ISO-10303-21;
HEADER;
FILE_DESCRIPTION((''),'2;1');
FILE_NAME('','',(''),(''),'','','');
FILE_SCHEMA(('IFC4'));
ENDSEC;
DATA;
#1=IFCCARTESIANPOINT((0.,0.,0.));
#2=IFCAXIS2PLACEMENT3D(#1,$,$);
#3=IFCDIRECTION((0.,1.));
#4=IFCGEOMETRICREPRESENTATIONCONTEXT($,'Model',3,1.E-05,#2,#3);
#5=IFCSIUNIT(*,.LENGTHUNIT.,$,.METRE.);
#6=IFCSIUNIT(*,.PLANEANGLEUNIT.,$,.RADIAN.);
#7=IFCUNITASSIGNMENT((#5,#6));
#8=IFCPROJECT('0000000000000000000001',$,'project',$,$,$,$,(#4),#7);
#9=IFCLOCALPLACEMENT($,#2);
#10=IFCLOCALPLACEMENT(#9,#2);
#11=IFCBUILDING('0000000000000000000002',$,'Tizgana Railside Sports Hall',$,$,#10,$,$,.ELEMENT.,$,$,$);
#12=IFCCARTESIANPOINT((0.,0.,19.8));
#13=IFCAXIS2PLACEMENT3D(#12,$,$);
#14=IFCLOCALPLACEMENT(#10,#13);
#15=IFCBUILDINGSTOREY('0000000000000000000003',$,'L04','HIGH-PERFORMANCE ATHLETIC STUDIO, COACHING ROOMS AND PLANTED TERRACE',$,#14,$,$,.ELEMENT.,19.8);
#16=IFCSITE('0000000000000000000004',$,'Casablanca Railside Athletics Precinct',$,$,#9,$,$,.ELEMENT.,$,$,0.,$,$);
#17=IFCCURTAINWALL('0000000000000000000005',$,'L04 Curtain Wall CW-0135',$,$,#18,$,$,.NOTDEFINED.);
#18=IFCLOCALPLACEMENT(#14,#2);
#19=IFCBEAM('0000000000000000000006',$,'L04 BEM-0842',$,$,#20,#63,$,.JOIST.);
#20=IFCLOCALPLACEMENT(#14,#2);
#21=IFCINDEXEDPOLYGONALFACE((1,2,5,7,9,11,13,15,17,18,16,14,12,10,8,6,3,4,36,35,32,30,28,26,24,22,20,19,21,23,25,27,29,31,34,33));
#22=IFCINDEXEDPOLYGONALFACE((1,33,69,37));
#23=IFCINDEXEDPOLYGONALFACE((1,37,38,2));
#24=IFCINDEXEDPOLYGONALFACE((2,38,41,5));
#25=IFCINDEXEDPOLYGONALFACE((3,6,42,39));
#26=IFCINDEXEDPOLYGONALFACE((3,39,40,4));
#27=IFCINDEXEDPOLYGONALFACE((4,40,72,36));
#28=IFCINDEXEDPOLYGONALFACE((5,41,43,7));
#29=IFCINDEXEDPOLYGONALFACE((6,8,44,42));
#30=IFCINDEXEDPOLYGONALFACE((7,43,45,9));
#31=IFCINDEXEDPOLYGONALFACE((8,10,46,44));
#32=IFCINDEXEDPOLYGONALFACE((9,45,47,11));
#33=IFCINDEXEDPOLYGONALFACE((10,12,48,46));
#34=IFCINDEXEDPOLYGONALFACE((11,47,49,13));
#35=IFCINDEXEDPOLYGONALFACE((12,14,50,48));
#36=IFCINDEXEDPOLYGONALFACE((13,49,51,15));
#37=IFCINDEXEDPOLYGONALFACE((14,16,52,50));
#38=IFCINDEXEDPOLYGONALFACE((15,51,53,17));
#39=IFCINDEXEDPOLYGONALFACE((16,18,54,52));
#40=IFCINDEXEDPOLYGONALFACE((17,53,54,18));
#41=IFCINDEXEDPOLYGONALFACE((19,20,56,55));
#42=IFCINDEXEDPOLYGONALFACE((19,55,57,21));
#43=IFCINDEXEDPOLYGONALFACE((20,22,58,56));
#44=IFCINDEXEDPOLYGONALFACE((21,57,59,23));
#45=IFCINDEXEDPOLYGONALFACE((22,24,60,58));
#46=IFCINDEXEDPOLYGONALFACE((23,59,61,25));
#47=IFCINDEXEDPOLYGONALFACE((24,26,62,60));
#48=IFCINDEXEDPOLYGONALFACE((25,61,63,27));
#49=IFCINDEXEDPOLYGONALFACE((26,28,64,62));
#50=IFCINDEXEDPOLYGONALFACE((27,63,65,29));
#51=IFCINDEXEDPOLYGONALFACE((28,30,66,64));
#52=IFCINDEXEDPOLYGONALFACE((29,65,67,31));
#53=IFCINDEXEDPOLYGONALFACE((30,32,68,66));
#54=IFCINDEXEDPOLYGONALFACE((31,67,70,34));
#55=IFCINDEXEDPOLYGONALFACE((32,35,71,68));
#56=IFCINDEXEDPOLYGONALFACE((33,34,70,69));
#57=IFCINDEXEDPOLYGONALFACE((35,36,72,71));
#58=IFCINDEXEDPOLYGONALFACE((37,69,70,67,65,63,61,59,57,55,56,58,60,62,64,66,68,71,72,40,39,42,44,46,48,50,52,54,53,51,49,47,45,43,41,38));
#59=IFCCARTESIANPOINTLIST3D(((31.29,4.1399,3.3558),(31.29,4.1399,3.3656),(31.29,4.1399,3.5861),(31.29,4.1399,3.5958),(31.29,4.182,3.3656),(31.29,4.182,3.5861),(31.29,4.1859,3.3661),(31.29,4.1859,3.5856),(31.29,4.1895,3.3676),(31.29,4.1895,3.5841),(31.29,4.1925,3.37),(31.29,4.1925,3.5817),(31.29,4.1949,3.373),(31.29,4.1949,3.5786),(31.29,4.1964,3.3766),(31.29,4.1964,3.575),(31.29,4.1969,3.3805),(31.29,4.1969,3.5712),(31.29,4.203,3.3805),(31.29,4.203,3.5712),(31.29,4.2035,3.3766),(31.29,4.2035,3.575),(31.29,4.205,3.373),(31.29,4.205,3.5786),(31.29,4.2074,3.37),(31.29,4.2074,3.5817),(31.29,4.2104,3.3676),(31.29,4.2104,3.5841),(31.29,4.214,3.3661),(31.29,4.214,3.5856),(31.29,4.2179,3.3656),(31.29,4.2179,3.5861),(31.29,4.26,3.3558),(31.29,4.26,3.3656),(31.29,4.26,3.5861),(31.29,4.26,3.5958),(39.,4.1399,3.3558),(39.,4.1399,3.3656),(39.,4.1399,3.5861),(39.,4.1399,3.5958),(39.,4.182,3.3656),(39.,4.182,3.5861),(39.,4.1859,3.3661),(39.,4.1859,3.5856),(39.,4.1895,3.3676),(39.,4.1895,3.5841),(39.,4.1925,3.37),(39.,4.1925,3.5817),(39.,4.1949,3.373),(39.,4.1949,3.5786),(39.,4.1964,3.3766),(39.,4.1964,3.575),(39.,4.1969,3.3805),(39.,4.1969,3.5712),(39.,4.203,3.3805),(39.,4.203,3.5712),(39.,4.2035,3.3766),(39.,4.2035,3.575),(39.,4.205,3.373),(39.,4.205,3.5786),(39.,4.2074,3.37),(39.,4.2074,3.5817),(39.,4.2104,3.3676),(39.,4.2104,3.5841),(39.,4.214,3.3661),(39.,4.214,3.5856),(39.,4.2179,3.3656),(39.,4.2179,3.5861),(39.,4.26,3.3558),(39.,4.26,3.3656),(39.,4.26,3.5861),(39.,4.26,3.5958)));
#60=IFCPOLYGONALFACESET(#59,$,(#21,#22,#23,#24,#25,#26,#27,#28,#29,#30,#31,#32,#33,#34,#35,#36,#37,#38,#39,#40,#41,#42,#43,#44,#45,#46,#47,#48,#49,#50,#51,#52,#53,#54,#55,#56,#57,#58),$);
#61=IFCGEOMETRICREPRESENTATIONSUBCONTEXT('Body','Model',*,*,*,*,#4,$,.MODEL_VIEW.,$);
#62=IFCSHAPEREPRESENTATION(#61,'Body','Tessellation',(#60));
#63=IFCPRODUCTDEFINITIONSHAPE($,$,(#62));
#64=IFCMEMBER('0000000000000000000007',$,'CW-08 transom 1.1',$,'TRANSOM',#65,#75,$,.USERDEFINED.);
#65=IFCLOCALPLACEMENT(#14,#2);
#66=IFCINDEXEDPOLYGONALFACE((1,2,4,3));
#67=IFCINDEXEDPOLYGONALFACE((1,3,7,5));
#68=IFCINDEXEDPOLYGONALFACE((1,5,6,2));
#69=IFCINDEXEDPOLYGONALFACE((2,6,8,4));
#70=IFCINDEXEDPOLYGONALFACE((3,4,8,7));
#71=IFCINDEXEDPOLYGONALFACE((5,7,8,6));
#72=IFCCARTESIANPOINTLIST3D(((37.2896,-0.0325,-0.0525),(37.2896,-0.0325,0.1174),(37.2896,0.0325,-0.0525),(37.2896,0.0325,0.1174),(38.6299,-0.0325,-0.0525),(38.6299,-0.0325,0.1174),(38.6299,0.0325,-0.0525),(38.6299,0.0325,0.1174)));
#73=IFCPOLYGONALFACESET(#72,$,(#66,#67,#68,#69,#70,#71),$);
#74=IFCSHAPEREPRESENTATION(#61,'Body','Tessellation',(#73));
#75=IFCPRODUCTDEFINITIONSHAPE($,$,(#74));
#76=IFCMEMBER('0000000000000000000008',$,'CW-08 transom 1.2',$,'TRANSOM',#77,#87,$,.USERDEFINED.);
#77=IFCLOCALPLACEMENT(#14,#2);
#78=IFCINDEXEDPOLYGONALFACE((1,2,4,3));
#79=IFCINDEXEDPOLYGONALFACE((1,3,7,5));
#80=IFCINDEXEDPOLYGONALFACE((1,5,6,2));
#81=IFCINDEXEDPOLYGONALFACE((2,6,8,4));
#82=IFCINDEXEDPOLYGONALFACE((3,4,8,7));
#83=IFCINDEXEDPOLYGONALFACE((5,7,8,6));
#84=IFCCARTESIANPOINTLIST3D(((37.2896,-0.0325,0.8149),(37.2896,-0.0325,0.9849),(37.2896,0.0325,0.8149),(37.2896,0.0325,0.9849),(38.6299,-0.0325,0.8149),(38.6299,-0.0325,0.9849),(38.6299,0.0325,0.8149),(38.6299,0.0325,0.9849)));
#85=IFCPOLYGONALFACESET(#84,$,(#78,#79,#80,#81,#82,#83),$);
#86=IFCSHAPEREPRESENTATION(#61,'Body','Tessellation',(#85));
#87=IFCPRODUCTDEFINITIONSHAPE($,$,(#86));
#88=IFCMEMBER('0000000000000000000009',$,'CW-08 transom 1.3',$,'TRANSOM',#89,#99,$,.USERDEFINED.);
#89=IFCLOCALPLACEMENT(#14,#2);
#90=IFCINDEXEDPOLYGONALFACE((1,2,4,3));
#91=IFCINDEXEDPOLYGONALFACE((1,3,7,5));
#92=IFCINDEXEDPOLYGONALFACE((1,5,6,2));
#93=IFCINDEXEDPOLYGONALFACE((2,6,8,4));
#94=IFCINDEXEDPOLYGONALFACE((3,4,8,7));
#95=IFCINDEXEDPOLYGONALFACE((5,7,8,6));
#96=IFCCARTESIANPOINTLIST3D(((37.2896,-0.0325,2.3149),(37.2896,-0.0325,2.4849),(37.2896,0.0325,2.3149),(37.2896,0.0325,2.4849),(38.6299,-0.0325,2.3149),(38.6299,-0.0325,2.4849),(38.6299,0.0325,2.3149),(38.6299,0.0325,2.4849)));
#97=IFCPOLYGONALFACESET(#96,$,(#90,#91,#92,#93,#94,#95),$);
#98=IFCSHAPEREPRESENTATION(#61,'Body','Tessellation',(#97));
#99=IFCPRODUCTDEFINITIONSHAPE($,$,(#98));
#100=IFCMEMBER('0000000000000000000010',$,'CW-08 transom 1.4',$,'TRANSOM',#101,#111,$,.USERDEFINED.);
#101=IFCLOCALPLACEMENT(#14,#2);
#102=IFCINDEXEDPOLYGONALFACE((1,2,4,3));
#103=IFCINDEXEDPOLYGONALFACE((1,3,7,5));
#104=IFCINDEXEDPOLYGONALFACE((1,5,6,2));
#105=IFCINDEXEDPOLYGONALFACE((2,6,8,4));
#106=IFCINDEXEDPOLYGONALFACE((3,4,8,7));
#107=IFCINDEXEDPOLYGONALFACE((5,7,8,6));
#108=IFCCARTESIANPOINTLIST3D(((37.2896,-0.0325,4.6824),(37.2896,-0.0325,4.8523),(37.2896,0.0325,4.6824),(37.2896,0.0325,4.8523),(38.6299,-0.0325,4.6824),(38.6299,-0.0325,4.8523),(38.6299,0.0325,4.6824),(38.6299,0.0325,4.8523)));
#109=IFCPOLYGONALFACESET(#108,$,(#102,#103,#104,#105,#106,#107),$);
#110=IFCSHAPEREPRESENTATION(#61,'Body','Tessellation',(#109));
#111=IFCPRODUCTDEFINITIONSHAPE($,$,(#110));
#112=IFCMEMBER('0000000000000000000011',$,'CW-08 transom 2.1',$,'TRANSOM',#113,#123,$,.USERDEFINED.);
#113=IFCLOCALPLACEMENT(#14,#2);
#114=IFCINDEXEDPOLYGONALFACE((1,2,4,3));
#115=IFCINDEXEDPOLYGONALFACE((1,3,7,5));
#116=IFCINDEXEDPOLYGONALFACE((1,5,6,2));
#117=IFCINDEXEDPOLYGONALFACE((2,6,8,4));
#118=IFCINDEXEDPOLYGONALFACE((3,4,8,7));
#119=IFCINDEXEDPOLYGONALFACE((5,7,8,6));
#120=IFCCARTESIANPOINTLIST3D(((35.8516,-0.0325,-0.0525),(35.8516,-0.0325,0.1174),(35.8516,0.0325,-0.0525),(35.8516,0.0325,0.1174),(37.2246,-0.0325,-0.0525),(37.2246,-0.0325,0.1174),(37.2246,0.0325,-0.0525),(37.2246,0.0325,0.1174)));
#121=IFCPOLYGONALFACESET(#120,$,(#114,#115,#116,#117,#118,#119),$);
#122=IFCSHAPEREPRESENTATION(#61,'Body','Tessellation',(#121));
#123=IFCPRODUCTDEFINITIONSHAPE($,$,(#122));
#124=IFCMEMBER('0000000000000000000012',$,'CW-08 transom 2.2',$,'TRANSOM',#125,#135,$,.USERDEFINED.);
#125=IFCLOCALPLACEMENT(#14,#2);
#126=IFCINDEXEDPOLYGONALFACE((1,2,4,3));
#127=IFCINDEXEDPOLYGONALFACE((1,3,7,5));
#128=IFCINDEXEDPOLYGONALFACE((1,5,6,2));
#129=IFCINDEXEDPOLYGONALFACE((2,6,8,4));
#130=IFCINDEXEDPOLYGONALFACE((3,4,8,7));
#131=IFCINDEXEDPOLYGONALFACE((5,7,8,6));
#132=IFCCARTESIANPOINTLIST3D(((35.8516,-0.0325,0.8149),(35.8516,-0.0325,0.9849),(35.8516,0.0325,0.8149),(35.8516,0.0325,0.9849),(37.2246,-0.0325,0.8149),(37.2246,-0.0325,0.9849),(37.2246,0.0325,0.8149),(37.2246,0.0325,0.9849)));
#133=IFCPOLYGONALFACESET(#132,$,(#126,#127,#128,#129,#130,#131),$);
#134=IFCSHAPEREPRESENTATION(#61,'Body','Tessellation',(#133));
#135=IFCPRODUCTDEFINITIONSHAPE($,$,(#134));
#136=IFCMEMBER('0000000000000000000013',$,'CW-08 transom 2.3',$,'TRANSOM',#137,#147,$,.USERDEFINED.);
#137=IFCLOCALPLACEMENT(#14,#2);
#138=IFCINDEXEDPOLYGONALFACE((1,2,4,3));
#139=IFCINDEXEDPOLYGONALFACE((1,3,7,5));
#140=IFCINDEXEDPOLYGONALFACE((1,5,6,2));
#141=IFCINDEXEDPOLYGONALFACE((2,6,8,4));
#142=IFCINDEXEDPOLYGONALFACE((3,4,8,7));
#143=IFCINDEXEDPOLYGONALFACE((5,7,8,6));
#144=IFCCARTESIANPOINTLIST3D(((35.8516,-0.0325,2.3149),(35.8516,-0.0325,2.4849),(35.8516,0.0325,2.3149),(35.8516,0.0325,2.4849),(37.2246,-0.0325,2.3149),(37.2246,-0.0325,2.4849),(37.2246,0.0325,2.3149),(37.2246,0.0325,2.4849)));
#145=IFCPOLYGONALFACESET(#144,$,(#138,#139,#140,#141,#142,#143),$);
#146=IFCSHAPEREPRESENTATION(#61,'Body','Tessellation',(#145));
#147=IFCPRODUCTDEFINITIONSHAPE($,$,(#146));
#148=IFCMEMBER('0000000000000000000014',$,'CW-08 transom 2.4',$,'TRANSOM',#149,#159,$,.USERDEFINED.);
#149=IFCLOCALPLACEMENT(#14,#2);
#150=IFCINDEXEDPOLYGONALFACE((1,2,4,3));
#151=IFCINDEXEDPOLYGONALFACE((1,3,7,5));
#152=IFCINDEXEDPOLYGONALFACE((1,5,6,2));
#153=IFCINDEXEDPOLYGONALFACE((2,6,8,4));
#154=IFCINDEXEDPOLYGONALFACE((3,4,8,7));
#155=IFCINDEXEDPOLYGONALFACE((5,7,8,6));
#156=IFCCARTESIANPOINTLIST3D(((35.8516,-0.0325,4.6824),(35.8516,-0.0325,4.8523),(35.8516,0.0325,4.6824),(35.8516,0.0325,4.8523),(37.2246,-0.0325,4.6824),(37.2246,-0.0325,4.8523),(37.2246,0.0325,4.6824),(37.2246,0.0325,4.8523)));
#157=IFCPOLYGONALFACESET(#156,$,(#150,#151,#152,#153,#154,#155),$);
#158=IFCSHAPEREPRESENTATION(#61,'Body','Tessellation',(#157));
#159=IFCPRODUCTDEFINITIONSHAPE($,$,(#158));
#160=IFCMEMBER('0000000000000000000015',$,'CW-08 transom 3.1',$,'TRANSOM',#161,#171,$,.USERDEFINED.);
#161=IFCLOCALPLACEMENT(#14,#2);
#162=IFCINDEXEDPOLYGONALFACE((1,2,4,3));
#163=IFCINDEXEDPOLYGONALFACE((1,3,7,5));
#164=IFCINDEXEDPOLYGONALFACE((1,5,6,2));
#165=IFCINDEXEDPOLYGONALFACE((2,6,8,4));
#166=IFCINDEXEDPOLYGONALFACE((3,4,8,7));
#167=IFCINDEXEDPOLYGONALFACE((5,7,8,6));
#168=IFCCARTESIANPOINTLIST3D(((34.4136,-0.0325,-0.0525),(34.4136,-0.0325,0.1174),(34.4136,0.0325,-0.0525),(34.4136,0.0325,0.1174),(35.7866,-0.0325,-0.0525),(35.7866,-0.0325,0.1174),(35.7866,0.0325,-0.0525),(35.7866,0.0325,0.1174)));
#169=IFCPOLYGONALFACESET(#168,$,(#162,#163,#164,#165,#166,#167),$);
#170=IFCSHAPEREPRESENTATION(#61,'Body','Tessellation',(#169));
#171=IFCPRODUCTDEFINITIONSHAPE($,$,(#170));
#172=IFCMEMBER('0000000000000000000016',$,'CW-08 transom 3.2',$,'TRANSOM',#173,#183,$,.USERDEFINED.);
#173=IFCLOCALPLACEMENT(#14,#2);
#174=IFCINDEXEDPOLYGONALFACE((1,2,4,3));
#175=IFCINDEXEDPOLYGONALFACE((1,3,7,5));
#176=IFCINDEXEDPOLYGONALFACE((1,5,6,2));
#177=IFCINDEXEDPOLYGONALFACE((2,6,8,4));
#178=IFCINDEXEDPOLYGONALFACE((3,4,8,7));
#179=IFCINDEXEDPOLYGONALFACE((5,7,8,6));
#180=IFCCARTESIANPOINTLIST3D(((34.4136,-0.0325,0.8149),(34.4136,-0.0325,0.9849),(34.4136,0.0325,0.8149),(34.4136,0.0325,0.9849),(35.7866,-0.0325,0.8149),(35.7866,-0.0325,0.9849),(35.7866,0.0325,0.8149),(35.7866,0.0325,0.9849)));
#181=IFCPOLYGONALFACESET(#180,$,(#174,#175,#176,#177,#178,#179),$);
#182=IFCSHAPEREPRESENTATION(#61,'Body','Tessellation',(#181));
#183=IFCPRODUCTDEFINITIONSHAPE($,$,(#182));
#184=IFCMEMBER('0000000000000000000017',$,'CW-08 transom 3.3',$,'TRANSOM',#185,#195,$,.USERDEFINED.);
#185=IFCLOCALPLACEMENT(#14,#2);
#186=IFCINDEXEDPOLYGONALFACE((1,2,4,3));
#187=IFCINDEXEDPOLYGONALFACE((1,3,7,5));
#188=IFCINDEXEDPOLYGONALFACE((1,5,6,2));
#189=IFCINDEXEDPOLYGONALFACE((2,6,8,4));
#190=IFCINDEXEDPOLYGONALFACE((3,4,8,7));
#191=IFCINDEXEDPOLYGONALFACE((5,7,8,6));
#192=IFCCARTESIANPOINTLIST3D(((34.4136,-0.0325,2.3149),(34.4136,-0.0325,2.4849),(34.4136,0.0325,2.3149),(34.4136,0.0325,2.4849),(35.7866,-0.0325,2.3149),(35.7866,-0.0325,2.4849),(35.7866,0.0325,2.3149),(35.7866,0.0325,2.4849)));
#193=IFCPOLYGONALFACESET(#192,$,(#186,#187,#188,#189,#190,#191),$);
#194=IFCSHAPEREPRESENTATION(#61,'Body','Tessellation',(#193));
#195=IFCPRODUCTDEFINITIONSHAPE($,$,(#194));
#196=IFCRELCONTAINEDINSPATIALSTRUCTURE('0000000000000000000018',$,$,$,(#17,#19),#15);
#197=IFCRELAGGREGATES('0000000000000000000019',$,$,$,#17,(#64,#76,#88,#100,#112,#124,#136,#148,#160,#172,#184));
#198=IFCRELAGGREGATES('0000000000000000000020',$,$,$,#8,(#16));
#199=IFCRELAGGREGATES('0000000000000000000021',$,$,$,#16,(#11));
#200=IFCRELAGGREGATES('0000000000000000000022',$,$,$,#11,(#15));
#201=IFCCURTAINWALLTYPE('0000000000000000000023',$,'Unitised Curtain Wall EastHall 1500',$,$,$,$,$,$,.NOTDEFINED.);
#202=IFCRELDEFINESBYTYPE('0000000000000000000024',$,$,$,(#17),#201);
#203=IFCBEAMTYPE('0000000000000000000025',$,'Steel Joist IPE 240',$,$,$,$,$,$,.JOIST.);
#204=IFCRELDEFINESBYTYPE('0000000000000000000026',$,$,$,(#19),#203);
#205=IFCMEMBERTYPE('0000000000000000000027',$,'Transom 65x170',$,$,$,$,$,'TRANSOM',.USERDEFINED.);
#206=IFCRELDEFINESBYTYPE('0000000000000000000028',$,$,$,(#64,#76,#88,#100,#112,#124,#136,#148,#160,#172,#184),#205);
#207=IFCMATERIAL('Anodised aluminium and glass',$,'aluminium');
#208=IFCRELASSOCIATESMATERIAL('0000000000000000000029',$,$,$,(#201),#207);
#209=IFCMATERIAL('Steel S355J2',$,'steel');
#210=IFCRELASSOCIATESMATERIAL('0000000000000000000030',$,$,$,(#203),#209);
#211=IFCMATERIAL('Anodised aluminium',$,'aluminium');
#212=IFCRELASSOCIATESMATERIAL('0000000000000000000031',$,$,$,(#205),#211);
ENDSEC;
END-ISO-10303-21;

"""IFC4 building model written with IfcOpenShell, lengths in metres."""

from ifc_helpers import new_model, si_unit, direction, frame, origin, origin_2d, place, context, subcontext, project, spatial, rectangle, i_section, extrude, material, material_profile, profile_set, type_object, element, aggregate, save


model = new_model("IFC4")

# Units and contexts
model_context = context("Model", 3, precision=1e-05, world=origin(), true_north=direction((0.0, 1.0)))
body_context = subcontext(model_context, "Body", "Model", "MODEL_VIEW")
ifc_project = project(units=[si_unit("LENGTHUNIT", "METRE"), si_unit("PLANEANGLEUNIT", "RADIAN")], contexts=[model_context])

# Site, building, storey
site_placement = place(None, origin())
site = spatial("IfcSite", under=ifc_project, at=site_placement, Name="Casablanca Railside Athletics Precinct", CompositionType="ELEMENT", RefElevation=0.0)
building_placement = place(site_placement, origin())
building = spatial("IfcBuilding", under=site, at=building_placement, Name="Tizgana Railside Sports Hall", CompositionType="ELEMENT")
storey_placement = place(building_placement, frame((0.0, 0.0, 19.8)))
storey = spatial("IfcBuildingStorey", under=building, at=storey_placement, Name="L04", Description="HIGH-PERFORMANCE ATHLETIC STUDIO, COACHING ROOMS AND PLANTED TERRACE", CompositionType="ELEMENT", Elevation=19.8)

# Curtain wall
ifc_material_1 = material(Name="Anodised aluminium and glass", Category="aluminium")
curtain_wall_type = type_object("IfcCurtainWallType", Name="Unitised Curtain Wall EastHall 1500", PredefinedType="NOTDEFINED", material=ifc_material_1)
curtain_wall_placement = place(storey_placement, origin())
curtain_wall = element("IfcCurtainWall", 1, at=curtain_wall_placement, inside=storey, type_object=curtain_wall_type, Name="L04 Curtain Wall CW-0135", PredefinedType="NOTDEFINED")
ifc_material_2 = material(Name="Anodised aluminium", Category="aluminium")

# Beam
ifc_material_3 = material(Name="Steel S355J2", Category="steel")
ifc_material_profile_1 = material_profile(ifc_material_3, i_section(OverallWidth=0.1201, OverallDepth=0.24, WebThickness=0.0061, FlangeThickness=0.0098, FilletRadius=0.0149, at=origin_2d()), Name="IPE 240")
ifc_profile_set_1 = profile_set([ifc_material_profile_1], Name="Steel S355J2")
beam_type_1 = type_object("IfcBeamType", Name="Steel Joist IPE 240", PredefinedType="JOIST", material=ifc_profile_set_1)
beam_1_placement = place(storey_placement, frame((31.29, 4.2, 3.4758), z_axis=(1.0, 0.0, 0.0), x_axis=(0.0, 1.0, 0.0)))
element("IfcBeam", 2, at=beam_1_placement, inside=storey, type_object=beam_type_1, Name="L04 BEM-0842", PredefinedType="JOIST", context=body_context, shape_type="SweptSolid", body=[
    extrude(i_section(OverallWidth=0.1201, OverallDepth=0.24, WebThickness=0.0061, FlangeThickness=0.0098, FilletRadius=0.0149, at=origin_2d()), origin(), (0.0, 0.0, 1.0), 7.71),
])

# Members
ifc_material_profile_2 = material_profile(ifc_material_2, rectangle(XDim=0.0649, YDim=0.1699, at=origin_2d()), Name="Transom 65x170")
ifc_profile_set_2 = profile_set([ifc_material_profile_2], Name="Anodised aluminium")
member_type_1 = type_object("IfcMemberType", Name="Transom 65x170", ElementType="TRANSOM", PredefinedType="USERDEFINED", material=ifc_profile_set_2)
member_1_placement = place(storey_placement, frame((38.6299, 0.0, 0.0325), z_axis=(-1.0, 0.0, 0.0), x_axis=(0.0, -1.0, 0.0)))
member_1 = element("IfcMember", 3, at=member_1_placement, type_object=member_type_1, Name="CW-08 transom 1.1", ObjectType="TRANSOM", PredefinedType="USERDEFINED", context=body_context, shape_type="SweptSolid", body=[
    extrude(rectangle(XDim=0.0649, YDim=0.1699, at=origin_2d()), origin(), (0.0, 0.0, 1.0), 1.3403),
])
member_2_placement = place(storey_placement, frame((38.6299, 0.0, 0.8999), z_axis=(-1.0, 0.0, 0.0), x_axis=(0.0, -1.0, 0.0)))
member_2 = element("IfcMember", 4, at=member_2_placement, type_object=member_type_1, Name="CW-08 transom 1.2", ObjectType="TRANSOM", PredefinedType="USERDEFINED", context=body_context, shape_type="SweptSolid", body=[
    extrude(rectangle(XDim=0.0649, YDim=0.1699, at=origin_2d()), origin(), (0.0, 0.0, 1.0), 1.3403),
])
member_3_placement = place(storey_placement, frame((38.6299, 0.0, 2.3999), z_axis=(-1.0, 0.0, 0.0), x_axis=(0.0, -1.0, 0.0)))
member_3 = element("IfcMember", 5, at=member_3_placement, type_object=member_type_1, Name="CW-08 transom 1.3", ObjectType="TRANSOM", PredefinedType="USERDEFINED", context=body_context, shape_type="SweptSolid", body=[
    extrude(rectangle(XDim=0.0649, YDim=0.1699, at=origin_2d()), origin(), (0.0, 0.0, 1.0), 1.3403),
])
member_4_placement = place(storey_placement, frame((38.6299, 0.0, 4.7673), z_axis=(-1.0, 0.0, 0.0), x_axis=(0.0, -1.0, 0.0)))
member_4 = element("IfcMember", 6, at=member_4_placement, type_object=member_type_1, Name="CW-08 transom 1.4", ObjectType="TRANSOM", PredefinedType="USERDEFINED", context=body_context, shape_type="SweptSolid", body=[
    extrude(rectangle(XDim=0.0649, YDim=0.1699, at=origin_2d()), origin(), (0.0, 0.0, 1.0), 1.3403),
])
member_5_placement = place(storey_placement, frame((37.2246, 0.0, 0.0325), z_axis=(-1.0, 0.0, 0.0), x_axis=(0.0, -1.0, 0.0)))
member_5 = element("IfcMember", 7, at=member_5_placement, type_object=member_type_1, Name="CW-08 transom 2.1", ObjectType="TRANSOM", PredefinedType="USERDEFINED", context=body_context, shape_type="SweptSolid", body=[
    extrude(rectangle(XDim=0.0649, YDim=0.1699, at=origin_2d()), origin(), (0.0, 0.0, 1.0), 1.373),
])
member_6_placement = place(storey_placement, frame((37.2246, 0.0, 0.8999), z_axis=(-1.0, 0.0, 0.0), x_axis=(0.0, -1.0, 0.0)))
member_6 = element("IfcMember", 8, at=member_6_placement, type_object=member_type_1, Name="CW-08 transom 2.2", ObjectType="TRANSOM", PredefinedType="USERDEFINED", context=body_context, shape_type="SweptSolid", body=[
    extrude(rectangle(XDim=0.0649, YDim=0.1699, at=origin_2d()), origin(), (0.0, 0.0, 1.0), 1.373),
])
member_7_placement = place(storey_placement, frame((37.2246, 0.0, 2.3999), z_axis=(-1.0, 0.0, 0.0), x_axis=(0.0, -1.0, 0.0)))
member_7 = element("IfcMember", 9, at=member_7_placement, type_object=member_type_1, Name="CW-08 transom 2.3", ObjectType="TRANSOM", PredefinedType="USERDEFINED", context=body_context, shape_type="SweptSolid", body=[
    extrude(rectangle(XDim=0.0649, YDim=0.1699, at=origin_2d()), origin(), (0.0, 0.0, 1.0), 1.373),
])
member_8_placement = place(storey_placement, frame((37.2246, 0.0, 4.7673), z_axis=(-1.0, 0.0, 0.0), x_axis=(0.0, -1.0, 0.0)))
member_8 = element("IfcMember", 10, at=member_8_placement, type_object=member_type_1, Name="CW-08 transom 2.4", ObjectType="TRANSOM", PredefinedType="USERDEFINED", context=body_context, shape_type="SweptSolid", body=[
    extrude(rectangle(XDim=0.0649, YDim=0.1699, at=origin_2d()), origin(), (0.0, 0.0, 1.0), 1.373),
])
member_9_placement = place(storey_placement, frame((35.7866, 0.0, 0.0325), z_axis=(-1.0, 0.0, 0.0), x_axis=(0.0, -1.0, 0.0)))
member_9 = element("IfcMember", 11, at=member_9_placement, type_object=member_type_1, Name="CW-08 transom 3.1", ObjectType="TRANSOM", PredefinedType="USERDEFINED", context=body_context, shape_type="SweptSolid", body=[
    extrude(rectangle(XDim=0.0649, YDim=0.1699, at=origin_2d()), origin(), (0.0, 0.0, 1.0), 1.373),
])
member_10_placement = place(storey_placement, frame((35.7866, 0.0, 0.8999), z_axis=(-1.0, 0.0, 0.0), x_axis=(0.0, -1.0, 0.0)))
member_10 = element("IfcMember", 12, at=member_10_placement, type_object=member_type_1, Name="CW-08 transom 3.2", ObjectType="TRANSOM", PredefinedType="USERDEFINED", context=body_context, shape_type="SweptSolid", body=[
    extrude(rectangle(XDim=0.0649, YDim=0.1699, at=origin_2d()), origin(), (0.0, 0.0, 1.0), 1.373),
])
member_11_placement = place(storey_placement, frame((35.7866, 0.0, 2.3999), z_axis=(-1.0, 0.0, 0.0), x_axis=(0.0, -1.0, 0.0)))
member_11 = element("IfcMember", 13, at=member_11_placement, type_object=member_type_1, Name="CW-08 transom 3.3", ObjectType="TRANSOM", PredefinedType="USERDEFINED", context=body_context, shape_type="SweptSolid", body=[
    extrude(rectangle(XDim=0.0649, YDim=0.1699, at=origin_2d()), origin(), (0.0, 0.0, 1.0), 1.373),
])

aggregate(curtain_wall, [member_1, member_2, member_3, member_4, member_5, member_6, member_7, member_8, member_9, member_10, member_11])

save(model, "model.ifc")
